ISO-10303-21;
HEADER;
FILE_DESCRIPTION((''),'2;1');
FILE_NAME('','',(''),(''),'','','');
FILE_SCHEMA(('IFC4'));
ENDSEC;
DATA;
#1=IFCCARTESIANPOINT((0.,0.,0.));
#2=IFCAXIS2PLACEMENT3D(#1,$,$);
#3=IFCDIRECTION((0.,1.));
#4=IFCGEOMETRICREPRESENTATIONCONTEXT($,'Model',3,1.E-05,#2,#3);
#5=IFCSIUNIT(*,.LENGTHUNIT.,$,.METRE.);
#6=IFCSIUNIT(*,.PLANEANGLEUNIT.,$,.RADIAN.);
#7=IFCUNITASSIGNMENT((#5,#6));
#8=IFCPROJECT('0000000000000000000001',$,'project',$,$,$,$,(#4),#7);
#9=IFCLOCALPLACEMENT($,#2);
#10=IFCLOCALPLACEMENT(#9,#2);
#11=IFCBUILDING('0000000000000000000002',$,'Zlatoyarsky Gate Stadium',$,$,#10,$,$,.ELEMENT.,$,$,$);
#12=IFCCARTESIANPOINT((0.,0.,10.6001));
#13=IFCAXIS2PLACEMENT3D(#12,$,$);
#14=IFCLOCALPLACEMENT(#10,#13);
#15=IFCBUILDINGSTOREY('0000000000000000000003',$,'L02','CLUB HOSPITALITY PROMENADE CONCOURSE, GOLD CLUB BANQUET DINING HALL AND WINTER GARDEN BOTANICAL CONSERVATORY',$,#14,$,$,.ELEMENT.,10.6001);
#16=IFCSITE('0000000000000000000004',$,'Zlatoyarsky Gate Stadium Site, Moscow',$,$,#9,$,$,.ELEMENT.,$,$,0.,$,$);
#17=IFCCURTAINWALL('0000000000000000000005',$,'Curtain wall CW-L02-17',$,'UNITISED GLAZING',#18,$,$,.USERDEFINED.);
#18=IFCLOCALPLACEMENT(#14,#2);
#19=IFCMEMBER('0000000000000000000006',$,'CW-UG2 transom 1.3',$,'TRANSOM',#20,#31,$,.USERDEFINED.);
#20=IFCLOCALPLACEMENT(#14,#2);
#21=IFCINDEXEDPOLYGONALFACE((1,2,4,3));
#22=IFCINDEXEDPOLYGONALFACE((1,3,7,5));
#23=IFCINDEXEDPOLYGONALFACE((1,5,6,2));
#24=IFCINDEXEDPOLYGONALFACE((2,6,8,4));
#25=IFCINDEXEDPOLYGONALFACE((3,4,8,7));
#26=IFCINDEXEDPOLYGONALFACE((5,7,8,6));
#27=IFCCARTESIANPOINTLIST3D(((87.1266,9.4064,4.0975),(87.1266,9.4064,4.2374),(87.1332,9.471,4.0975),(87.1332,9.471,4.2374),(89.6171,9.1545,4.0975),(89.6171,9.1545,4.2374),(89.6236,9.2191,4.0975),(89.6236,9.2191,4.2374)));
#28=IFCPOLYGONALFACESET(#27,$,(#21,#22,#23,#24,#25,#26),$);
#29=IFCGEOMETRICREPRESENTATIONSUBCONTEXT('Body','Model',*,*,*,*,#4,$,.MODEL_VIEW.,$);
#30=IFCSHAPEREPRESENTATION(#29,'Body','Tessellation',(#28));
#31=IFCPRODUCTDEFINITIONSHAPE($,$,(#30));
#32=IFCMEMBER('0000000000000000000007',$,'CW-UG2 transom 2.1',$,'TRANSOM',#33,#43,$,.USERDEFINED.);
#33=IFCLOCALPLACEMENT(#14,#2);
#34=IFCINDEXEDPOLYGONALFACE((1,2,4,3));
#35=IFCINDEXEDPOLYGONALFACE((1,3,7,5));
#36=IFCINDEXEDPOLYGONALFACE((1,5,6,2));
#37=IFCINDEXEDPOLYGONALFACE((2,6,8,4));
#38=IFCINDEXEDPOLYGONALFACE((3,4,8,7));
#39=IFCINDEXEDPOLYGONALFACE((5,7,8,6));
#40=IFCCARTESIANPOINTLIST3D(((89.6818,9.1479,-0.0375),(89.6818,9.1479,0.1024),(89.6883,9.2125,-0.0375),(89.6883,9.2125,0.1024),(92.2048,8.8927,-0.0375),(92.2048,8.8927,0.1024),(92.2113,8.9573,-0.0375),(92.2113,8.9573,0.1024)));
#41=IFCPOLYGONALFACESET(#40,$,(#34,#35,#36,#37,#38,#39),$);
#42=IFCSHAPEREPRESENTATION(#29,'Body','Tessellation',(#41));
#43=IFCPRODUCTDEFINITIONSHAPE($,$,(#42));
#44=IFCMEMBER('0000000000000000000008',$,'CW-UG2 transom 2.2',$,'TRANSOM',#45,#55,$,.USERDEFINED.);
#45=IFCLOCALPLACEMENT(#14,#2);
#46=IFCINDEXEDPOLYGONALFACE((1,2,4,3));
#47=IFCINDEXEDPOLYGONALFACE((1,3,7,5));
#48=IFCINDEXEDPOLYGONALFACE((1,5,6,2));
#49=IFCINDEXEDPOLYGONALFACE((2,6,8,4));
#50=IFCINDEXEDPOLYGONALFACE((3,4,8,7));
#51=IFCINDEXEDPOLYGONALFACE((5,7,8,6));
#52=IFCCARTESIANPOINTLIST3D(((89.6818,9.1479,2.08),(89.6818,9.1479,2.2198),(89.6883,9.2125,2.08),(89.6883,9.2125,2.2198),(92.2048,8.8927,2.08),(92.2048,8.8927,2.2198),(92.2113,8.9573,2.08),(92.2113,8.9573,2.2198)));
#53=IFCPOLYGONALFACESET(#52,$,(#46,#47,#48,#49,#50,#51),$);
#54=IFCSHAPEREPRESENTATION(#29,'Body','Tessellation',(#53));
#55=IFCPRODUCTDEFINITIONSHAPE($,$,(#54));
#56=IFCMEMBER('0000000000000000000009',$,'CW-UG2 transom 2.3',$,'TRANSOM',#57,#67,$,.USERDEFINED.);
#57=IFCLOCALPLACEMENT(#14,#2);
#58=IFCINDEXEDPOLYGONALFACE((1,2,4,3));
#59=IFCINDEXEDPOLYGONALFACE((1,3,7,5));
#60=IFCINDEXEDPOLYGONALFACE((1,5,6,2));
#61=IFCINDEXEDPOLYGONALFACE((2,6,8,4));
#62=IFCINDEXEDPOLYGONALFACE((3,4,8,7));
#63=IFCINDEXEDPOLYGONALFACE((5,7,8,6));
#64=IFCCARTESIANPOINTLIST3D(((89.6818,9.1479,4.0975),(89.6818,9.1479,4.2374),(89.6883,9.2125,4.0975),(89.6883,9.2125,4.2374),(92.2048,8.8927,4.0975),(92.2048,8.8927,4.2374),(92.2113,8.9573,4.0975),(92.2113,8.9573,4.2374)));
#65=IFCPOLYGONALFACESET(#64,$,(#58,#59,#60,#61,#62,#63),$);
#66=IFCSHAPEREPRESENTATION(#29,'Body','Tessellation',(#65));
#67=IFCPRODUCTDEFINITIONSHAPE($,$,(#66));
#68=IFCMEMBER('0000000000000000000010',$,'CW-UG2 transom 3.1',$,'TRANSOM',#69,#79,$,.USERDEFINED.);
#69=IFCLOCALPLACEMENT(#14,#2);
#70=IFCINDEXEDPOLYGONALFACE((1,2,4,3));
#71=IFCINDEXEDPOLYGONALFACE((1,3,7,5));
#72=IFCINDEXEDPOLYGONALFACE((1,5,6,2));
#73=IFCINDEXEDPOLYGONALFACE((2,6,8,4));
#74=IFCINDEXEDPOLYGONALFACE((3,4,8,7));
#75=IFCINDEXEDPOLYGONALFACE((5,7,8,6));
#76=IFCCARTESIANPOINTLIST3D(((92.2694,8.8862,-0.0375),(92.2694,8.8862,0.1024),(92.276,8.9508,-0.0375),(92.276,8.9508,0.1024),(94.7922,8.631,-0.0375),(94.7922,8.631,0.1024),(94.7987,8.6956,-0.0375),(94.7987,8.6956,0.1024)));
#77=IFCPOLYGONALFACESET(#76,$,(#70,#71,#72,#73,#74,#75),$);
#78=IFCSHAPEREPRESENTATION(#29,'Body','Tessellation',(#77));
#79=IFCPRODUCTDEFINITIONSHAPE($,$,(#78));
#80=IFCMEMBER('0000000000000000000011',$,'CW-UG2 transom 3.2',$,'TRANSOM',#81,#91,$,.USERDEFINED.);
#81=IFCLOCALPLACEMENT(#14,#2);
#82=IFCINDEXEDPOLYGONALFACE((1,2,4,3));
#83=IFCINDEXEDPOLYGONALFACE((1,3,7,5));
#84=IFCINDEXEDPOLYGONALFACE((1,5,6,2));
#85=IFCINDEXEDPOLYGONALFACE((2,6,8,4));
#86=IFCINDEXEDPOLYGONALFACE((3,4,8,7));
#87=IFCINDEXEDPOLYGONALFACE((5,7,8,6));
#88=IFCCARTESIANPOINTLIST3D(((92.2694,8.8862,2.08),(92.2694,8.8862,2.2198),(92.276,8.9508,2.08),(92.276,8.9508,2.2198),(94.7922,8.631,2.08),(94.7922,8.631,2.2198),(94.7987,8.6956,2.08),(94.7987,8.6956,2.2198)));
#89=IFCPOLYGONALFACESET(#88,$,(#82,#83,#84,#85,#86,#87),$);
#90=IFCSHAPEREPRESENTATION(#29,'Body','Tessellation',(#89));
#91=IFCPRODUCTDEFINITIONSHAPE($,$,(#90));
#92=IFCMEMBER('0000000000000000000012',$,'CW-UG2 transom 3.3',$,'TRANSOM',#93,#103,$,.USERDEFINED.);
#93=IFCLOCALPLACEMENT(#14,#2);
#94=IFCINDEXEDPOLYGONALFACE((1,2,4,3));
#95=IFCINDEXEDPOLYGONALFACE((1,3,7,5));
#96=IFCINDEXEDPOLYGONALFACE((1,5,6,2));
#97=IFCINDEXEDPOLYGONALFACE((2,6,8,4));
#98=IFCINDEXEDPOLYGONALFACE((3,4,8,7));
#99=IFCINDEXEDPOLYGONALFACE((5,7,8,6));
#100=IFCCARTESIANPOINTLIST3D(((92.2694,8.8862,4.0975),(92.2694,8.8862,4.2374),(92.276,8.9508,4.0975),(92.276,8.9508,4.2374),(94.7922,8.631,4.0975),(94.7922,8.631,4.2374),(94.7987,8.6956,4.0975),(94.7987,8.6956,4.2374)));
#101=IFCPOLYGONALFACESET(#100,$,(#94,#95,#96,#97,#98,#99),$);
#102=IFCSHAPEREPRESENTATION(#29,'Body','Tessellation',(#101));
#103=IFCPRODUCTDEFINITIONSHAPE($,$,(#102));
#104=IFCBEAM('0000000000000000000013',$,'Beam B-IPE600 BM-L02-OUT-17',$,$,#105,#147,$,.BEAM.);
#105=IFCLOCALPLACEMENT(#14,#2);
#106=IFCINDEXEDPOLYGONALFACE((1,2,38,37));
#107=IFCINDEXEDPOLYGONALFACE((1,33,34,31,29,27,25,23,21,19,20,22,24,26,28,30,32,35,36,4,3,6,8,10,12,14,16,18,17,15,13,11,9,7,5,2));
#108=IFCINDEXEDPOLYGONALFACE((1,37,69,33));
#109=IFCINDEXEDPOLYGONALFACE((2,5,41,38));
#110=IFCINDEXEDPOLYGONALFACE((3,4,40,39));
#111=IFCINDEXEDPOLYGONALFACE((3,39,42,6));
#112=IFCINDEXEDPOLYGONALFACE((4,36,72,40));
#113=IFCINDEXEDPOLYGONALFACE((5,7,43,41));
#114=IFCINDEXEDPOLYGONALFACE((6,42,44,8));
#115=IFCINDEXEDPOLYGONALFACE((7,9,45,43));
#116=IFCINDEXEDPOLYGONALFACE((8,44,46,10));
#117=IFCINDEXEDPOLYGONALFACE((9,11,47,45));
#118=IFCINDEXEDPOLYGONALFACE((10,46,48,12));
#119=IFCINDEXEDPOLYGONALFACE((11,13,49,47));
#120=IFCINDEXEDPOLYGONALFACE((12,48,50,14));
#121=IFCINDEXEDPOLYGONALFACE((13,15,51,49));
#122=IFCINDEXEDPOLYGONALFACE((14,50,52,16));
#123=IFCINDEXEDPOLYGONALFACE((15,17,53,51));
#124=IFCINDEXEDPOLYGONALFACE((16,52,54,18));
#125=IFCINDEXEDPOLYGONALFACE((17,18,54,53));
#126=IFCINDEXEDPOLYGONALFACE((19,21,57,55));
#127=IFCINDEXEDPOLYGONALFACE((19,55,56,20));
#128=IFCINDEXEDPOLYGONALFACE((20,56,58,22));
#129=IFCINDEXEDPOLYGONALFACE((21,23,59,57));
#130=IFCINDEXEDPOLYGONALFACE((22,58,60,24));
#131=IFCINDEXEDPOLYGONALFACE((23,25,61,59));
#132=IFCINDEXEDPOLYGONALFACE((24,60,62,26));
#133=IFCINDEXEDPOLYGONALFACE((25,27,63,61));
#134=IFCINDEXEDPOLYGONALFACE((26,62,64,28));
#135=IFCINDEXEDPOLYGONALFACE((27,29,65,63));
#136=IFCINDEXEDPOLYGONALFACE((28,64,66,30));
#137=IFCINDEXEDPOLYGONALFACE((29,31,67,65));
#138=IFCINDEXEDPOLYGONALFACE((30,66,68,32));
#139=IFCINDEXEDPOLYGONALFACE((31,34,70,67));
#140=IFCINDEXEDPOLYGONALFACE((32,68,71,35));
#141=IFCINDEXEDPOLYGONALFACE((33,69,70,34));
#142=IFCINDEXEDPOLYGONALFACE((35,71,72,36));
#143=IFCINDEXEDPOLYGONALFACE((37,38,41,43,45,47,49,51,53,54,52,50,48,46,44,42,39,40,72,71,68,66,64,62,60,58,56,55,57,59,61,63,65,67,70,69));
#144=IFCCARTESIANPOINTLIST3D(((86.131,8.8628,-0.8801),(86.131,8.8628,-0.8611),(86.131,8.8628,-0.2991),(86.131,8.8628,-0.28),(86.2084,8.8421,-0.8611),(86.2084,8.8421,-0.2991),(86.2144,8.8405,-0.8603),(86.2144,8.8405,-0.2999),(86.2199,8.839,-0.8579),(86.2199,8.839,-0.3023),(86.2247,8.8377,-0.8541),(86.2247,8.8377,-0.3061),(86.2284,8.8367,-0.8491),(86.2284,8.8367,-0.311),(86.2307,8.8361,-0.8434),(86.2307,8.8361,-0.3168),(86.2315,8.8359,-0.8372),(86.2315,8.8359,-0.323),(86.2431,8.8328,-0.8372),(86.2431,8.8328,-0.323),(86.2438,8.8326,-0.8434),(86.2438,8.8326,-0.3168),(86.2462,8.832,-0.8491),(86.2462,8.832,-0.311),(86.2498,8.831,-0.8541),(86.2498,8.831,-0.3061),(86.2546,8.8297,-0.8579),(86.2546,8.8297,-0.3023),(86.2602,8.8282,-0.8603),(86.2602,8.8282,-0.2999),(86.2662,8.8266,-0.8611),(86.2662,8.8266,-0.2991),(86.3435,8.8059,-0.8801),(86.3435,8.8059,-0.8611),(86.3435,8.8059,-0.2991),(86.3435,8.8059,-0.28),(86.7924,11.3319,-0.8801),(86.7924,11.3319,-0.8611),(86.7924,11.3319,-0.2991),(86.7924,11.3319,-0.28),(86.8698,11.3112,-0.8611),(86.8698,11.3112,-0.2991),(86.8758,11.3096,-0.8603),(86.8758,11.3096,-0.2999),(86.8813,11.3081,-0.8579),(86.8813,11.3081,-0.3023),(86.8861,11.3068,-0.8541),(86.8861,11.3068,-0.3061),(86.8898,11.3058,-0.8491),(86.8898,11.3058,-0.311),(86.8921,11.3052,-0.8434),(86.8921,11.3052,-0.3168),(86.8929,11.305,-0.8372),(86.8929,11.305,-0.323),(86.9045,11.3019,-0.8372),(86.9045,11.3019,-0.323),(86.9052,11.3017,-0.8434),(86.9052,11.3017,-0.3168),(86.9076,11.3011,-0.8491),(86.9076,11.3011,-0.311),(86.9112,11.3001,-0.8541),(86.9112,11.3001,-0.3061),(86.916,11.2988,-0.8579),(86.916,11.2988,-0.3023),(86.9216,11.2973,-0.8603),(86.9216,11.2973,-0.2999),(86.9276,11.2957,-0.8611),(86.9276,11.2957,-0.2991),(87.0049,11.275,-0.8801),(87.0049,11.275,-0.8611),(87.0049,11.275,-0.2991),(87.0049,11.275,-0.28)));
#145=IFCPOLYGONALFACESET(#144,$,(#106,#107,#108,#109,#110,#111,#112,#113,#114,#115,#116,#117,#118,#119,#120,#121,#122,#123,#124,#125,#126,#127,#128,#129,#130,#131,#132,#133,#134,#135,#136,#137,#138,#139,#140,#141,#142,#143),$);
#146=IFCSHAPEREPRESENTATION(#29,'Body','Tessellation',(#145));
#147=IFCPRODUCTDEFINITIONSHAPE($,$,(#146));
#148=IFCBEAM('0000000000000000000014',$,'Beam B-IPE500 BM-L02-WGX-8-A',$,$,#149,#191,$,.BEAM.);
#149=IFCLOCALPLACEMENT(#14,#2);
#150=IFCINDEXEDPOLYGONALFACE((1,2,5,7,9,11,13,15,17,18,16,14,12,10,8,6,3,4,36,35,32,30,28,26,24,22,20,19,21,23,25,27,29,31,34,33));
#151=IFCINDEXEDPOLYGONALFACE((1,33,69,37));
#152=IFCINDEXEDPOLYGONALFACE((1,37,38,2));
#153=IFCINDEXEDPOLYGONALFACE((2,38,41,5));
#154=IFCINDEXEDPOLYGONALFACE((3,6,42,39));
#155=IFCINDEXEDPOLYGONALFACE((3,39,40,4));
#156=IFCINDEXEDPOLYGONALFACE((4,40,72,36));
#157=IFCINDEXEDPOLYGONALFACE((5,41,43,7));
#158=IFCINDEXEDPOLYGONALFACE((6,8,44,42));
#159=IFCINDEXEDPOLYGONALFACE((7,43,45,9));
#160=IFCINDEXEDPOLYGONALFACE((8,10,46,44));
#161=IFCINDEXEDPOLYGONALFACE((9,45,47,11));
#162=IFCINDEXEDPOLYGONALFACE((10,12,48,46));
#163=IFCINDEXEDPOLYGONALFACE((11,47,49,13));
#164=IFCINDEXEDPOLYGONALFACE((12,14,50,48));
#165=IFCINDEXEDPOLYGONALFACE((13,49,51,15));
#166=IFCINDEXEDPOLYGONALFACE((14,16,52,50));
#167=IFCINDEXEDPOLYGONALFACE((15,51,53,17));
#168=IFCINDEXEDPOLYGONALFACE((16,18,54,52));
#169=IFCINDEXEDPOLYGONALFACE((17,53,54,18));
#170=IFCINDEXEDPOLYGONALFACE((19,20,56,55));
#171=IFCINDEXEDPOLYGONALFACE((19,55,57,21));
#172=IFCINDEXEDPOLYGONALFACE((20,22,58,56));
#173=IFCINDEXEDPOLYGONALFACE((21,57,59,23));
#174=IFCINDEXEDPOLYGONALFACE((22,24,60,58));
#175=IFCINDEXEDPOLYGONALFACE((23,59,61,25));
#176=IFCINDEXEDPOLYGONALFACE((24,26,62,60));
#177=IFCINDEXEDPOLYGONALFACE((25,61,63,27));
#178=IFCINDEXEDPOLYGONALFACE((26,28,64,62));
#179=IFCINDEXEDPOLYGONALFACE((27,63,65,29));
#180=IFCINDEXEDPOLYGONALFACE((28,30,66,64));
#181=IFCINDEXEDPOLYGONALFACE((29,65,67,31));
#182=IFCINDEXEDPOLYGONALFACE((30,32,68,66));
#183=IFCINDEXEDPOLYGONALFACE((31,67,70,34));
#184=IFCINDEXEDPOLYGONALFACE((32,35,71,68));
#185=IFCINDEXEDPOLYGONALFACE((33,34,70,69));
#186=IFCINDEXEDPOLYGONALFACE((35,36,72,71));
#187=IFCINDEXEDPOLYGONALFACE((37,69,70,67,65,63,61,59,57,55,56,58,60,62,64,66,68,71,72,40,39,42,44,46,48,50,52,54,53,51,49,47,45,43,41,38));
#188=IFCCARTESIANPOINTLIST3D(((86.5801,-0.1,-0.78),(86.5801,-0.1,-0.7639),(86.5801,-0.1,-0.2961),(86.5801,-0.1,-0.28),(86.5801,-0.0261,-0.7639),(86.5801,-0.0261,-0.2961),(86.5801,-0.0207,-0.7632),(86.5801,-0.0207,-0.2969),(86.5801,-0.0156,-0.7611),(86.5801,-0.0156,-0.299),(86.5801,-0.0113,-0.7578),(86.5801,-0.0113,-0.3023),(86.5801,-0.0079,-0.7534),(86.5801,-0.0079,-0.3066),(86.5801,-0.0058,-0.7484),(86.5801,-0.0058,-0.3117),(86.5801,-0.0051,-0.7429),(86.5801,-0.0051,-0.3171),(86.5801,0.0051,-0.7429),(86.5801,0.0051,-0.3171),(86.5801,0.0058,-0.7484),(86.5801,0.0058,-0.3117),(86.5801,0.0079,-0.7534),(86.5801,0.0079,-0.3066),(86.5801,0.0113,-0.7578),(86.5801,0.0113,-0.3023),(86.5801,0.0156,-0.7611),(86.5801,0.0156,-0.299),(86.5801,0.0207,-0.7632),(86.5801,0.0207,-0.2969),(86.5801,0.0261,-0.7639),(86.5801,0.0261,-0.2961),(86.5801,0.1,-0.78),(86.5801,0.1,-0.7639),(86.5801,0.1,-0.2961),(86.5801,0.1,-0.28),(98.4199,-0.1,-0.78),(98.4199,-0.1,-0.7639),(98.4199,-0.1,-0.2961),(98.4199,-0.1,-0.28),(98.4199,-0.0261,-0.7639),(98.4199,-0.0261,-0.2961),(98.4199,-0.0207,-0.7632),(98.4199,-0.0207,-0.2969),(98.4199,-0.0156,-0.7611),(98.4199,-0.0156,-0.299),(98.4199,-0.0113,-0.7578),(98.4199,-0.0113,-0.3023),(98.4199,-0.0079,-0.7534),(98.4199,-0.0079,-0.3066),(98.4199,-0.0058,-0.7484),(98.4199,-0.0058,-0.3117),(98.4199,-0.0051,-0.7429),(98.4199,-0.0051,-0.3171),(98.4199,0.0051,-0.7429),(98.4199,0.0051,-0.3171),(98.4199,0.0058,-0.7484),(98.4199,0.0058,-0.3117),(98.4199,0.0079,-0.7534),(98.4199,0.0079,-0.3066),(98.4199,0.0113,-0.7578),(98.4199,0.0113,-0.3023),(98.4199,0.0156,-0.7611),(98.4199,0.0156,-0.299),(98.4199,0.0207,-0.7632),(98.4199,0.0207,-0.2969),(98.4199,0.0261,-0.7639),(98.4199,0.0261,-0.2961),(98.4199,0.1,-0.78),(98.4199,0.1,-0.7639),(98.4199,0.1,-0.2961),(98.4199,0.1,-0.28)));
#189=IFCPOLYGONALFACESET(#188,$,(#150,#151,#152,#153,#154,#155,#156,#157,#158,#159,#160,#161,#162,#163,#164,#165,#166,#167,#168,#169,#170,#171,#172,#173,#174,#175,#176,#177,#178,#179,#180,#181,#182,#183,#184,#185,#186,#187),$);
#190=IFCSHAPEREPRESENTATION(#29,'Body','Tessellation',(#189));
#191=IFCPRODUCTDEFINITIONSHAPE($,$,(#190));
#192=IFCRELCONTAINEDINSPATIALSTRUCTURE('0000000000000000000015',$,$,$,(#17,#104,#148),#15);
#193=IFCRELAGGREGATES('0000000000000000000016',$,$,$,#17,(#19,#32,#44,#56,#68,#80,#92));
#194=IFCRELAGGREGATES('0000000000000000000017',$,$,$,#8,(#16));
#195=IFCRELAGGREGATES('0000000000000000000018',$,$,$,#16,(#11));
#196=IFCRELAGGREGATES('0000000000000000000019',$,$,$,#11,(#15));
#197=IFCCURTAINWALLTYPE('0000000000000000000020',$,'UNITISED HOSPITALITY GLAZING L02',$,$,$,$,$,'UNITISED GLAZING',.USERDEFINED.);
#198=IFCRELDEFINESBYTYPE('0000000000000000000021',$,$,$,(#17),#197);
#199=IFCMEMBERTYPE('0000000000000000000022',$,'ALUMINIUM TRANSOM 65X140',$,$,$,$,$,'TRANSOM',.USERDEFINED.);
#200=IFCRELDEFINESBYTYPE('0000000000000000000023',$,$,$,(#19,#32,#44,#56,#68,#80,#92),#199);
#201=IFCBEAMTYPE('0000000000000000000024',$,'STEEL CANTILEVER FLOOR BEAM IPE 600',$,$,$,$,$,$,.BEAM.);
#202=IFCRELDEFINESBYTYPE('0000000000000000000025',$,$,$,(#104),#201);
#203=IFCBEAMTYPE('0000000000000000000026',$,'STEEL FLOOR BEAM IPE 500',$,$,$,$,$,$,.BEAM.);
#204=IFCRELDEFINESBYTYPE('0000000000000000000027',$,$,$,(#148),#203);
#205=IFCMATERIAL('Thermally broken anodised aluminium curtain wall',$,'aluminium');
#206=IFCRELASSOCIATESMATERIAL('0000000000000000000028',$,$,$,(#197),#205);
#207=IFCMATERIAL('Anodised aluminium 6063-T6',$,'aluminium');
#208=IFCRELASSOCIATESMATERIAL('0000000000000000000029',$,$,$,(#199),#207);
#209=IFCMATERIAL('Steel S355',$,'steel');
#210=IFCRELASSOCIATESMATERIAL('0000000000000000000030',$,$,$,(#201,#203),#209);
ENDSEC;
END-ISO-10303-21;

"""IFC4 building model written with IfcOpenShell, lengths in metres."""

from ifc_helpers import new_model, si_unit, direction, frame, origin, origin_2d, place, context, subcontext, project, spatial, rectangle, i_section, extrude, material, material_profile, profile_set, type_object, element, aggregate, save


model = new_model("IFC4")

# Units and contexts
model_context = context("Model", 3, precision=1e-05, world=origin(), true_north=direction((0.0, 1.0)))
body_context = subcontext(model_context, "Body", "Model", "MODEL_VIEW")
ifc_project = project(units=[si_unit("LENGTHUNIT", "METRE"), si_unit("PLANEANGLEUNIT", "RADIAN")], contexts=[model_context])

# Site, building, storey
site_placement = place(None, origin())
site = spatial("IfcSite", under=ifc_project, at=site_placement, Name="Zlatoyarsky Gate Stadium Site, Moscow", CompositionType="ELEMENT", RefElevation=0.0)
building_placement = place(site_placement, origin())
building = spatial("IfcBuilding", under=site, at=building_placement, Name="Zlatoyarsky Gate Stadium", CompositionType="ELEMENT")
storey_placement = place(building_placement, frame((0.0, 0.0, 10.6001)))
storey = spatial("IfcBuildingStorey", under=building, at=storey_placement, Name="L02", Description="CLUB HOSPITALITY PROMENADE CONCOURSE, GOLD CLUB BANQUET DINING HALL AND WINTER GARDEN BOTANICAL CONSERVATORY", CompositionType="ELEMENT", Elevation=10.6001)

# Shared definitions
ifc_material_1 = material(Name="Steel S355", Category="steel")

# Curtain wall
ifc_material_2 = material(Name="Thermally broken anodised aluminium curtain wall", Category="aluminium")
curtain_wall_type_1 = type_object("IfcCurtainWallType", Name="UNITISED HOSPITALITY GLAZING L02", ElementType="UNITISED GLAZING", PredefinedType="USERDEFINED", material=ifc_material_2)
curtain_wall_1_placement = place(storey_placement, origin())
curtain_wall_1 = element("IfcCurtainWall", 1, at=curtain_wall_1_placement, inside=storey, type_object=curtain_wall_type_1, Name="Curtain wall CW-L02-17", ObjectType="UNITISED GLAZING", PredefinedType="USERDEFINED")
ifc_material_3 = material(Name="Anodised aluminium 6063-T6", Category="aluminium")

# Members
ifc_material_profile_1 = material_profile(ifc_material_3, rectangle(XDim=0.0649, YDim=0.1399, at=origin_2d()), Name="ALU 65X140")
ifc_profile_set_1 = profile_set([ifc_material_profile_1], Name="Anodised aluminium 6063-T6")
member_type_1 = type_object("IfcMemberType", Name="ALUMINIUM TRANSOM 65X140", ElementType="TRANSOM", PredefinedType="USERDEFINED", material=ifc_profile_set_1)
member_1_placement = place(storey_placement, frame((87.1299, 9.4387, 4.1675), z_axis=(0.994922, -0.100653, 0.0), x_axis=(0.100653, 0.994922, 0.0)))
member_1 = element("IfcMember", 2, at=member_1_placement, type_object=member_type_1, Name="CW-UG2 transom 1.3", ObjectType="TRANSOM", PredefinedType="USERDEFINED", context=body_context, shape_type="SweptSolid", body=[
    extrude(rectangle(XDim=0.0649, YDim=0.1399, at=origin_2d()), origin(), (0.0, 0.0, 1.0), 2.5032),
])
member_2_placement = place(storey_placement, frame((89.6851, 9.1802, 0.0325), z_axis=(0.994926, -0.100609, 0.0), x_axis=(0.100609, 0.994926, 0.0)))
member_2 = element("IfcMember", 3, at=member_2_placement, type_object=member_type_1, Name="CW-UG2 transom 2.1", ObjectType="TRANSOM", PredefinedType="USERDEFINED", context=body_context, shape_type="SweptSolid", body=[
    extrude(rectangle(XDim=0.0649, YDim=0.1399, at=origin_2d()), origin(), (0.0, 0.0, 1.0), 2.5359),
])
member_3_placement = place(storey_placement, frame((89.6851, 9.1802, 2.1499), z_axis=(0.994926, -0.100609, 0.0), x_axis=(0.100609, 0.994926, 0.0)))
member_3 = element("IfcMember", 4, at=member_3_placement, type_object=member_type_1, Name="CW-UG2 transom 2.2", ObjectType="TRANSOM", PredefinedType="USERDEFINED", context=body_context, shape_type="SweptSolid", body=[
    extrude(rectangle(XDim=0.0649, YDim=0.1399, at=origin_2d()), origin(), (0.0, 0.0, 1.0), 2.5359),
])
member_4_placement = place(storey_placement, frame((89.6851, 9.1802, 4.1675), z_axis=(0.994926, -0.100609, 0.0), x_axis=(0.100609, 0.994926, 0.0)))
member_4 = element("IfcMember", 5, at=member_4_placement, type_object=member_type_1, Name="CW-UG2 transom 2.3", ObjectType="TRANSOM", PredefinedType="USERDEFINED", context=body_context, shape_type="SweptSolid", body=[
    extrude(rectangle(XDim=0.0649, YDim=0.1399, at=origin_2d()), origin(), (0.0, 0.0, 1.0), 2.5359),
])
member_5_placement = place(storey_placement, frame((92.2727, 8.9185, 0.0325), z_axis=(0.994925, -0.100619, 0.0), x_axis=(0.100619, 0.994925, 0.0)))
member_5 = element("IfcMember", 6, at=member_5_placement, type_object=member_type_1, Name="CW-UG2 transom 3.1", ObjectType="TRANSOM", PredefinedType="USERDEFINED", context=body_context, shape_type="SweptSolid", body=[
    extrude(rectangle(XDim=0.0649, YDim=0.1399, at=origin_2d()), origin(), (0.0, 0.0, 1.0), 2.5356),
])
member_6_placement = place(storey_placement, frame((92.2727, 8.9185, 2.1499), z_axis=(0.994925, -0.100619, 0.0), x_axis=(0.100619, 0.994925, 0.0)))
member_6 = element("IfcMember", 7, at=member_6_placement, type_object=member_type_1, Name="CW-UG2 transom 3.2", ObjectType="TRANSOM", PredefinedType="USERDEFINED", context=body_context, shape_type="SweptSolid", body=[
    extrude(rectangle(XDim=0.0649, YDim=0.1399, at=origin_2d()), origin(), (0.0, 0.0, 1.0), 2.5356),
])
member_7_placement = place(storey_placement, frame((92.2727, 8.9185, 4.1675), z_axis=(0.994925, -0.100619, 0.0), x_axis=(0.100619, 0.994925, 0.0)))
member_7 = element("IfcMember", 8, at=member_7_placement, type_object=member_type_1, Name="CW-UG2 transom 3.3", ObjectType="TRANSOM", PredefinedType="USERDEFINED", context=body_context, shape_type="SweptSolid", body=[
    extrude(rectangle(XDim=0.0649, YDim=0.1399, at=origin_2d()), origin(), (0.0, 0.0, 1.0), 2.5356),
])

# Beams
ifc_material_profile_2 = material_profile(ifc_material_1, i_section(OverallWidth=0.22, OverallDepth=0.6001, WebThickness=0.012, FlangeThickness=0.019, FilletRadius=0.0239, at=origin_2d()), Name="IPE 600")
ifc_profile_set_2 = profile_set([ifc_material_profile_2], Name="Steel S355")
beam_type_1 = type_object("IfcBeamType", Name="STEEL CANTILEVER FLOOR BEAM IPE 600", PredefinedType="BEAM", material=ifc_profile_set_2)
beam_1_placement = place(storey_placement, frame((86.8987, 11.3035, -0.5801), z_axis=(-0.25875, -0.965944, 0.0), x_axis=(0.965944, -0.25875, 0.0)))
element("IfcBeam", 9, at=beam_1_placement, inside=storey, type_object=beam_type_1, Name="Beam B-IPE600 BM-L02-OUT-17", PredefinedType="BEAM", context=body_context, shape_type="SweptSolid", body=[
    extrude(i_section(OverallWidth=0.22, OverallDepth=0.6001, WebThickness=0.012, FlangeThickness=0.019, FilletRadius=0.0239, at=origin_2d()), origin(), (0.0, 0.0, 1.0), 2.5562),
])
ifc_material_profile_3 = material_profile(ifc_material_1, i_section(OverallWidth=0.2, OverallDepth=0.5, WebThickness=0.0103, FlangeThickness=0.0161, FilletRadius=0.021, at=origin_2d()), Name="IPE 500")
ifc_profile_set_3 = profile_set([ifc_material_profile_3], Name="Steel S355")
beam_type_2 = type_object("IfcBeamType", Name="STEEL FLOOR BEAM IPE 500", PredefinedType="BEAM", material=ifc_profile_set_3)
beam_2_placement = place(storey_placement, frame((86.5801, 0.0, -0.53), z_axis=(1.0, 0.0, 0.0), x_axis=(0.0, 1.0, 0.0)))
element("IfcBeam", 10, at=beam_2_placement, inside=storey, type_object=beam_type_2, Name="Beam B-IPE500 BM-L02-WGX-8-A", PredefinedType="BEAM", context=body_context, shape_type="SweptSolid", body=[
    extrude(i_section(OverallWidth=0.2, OverallDepth=0.5, WebThickness=0.0103, FlangeThickness=0.0161, FilletRadius=0.021, at=origin_2d()), origin(), (0.0, 0.0, 1.0), 11.8398),
])

aggregate(curtain_wall_1, [member_1, member_2, member_3, member_4, member_5, member_6, member_7])

save(model, "model.ifc")
